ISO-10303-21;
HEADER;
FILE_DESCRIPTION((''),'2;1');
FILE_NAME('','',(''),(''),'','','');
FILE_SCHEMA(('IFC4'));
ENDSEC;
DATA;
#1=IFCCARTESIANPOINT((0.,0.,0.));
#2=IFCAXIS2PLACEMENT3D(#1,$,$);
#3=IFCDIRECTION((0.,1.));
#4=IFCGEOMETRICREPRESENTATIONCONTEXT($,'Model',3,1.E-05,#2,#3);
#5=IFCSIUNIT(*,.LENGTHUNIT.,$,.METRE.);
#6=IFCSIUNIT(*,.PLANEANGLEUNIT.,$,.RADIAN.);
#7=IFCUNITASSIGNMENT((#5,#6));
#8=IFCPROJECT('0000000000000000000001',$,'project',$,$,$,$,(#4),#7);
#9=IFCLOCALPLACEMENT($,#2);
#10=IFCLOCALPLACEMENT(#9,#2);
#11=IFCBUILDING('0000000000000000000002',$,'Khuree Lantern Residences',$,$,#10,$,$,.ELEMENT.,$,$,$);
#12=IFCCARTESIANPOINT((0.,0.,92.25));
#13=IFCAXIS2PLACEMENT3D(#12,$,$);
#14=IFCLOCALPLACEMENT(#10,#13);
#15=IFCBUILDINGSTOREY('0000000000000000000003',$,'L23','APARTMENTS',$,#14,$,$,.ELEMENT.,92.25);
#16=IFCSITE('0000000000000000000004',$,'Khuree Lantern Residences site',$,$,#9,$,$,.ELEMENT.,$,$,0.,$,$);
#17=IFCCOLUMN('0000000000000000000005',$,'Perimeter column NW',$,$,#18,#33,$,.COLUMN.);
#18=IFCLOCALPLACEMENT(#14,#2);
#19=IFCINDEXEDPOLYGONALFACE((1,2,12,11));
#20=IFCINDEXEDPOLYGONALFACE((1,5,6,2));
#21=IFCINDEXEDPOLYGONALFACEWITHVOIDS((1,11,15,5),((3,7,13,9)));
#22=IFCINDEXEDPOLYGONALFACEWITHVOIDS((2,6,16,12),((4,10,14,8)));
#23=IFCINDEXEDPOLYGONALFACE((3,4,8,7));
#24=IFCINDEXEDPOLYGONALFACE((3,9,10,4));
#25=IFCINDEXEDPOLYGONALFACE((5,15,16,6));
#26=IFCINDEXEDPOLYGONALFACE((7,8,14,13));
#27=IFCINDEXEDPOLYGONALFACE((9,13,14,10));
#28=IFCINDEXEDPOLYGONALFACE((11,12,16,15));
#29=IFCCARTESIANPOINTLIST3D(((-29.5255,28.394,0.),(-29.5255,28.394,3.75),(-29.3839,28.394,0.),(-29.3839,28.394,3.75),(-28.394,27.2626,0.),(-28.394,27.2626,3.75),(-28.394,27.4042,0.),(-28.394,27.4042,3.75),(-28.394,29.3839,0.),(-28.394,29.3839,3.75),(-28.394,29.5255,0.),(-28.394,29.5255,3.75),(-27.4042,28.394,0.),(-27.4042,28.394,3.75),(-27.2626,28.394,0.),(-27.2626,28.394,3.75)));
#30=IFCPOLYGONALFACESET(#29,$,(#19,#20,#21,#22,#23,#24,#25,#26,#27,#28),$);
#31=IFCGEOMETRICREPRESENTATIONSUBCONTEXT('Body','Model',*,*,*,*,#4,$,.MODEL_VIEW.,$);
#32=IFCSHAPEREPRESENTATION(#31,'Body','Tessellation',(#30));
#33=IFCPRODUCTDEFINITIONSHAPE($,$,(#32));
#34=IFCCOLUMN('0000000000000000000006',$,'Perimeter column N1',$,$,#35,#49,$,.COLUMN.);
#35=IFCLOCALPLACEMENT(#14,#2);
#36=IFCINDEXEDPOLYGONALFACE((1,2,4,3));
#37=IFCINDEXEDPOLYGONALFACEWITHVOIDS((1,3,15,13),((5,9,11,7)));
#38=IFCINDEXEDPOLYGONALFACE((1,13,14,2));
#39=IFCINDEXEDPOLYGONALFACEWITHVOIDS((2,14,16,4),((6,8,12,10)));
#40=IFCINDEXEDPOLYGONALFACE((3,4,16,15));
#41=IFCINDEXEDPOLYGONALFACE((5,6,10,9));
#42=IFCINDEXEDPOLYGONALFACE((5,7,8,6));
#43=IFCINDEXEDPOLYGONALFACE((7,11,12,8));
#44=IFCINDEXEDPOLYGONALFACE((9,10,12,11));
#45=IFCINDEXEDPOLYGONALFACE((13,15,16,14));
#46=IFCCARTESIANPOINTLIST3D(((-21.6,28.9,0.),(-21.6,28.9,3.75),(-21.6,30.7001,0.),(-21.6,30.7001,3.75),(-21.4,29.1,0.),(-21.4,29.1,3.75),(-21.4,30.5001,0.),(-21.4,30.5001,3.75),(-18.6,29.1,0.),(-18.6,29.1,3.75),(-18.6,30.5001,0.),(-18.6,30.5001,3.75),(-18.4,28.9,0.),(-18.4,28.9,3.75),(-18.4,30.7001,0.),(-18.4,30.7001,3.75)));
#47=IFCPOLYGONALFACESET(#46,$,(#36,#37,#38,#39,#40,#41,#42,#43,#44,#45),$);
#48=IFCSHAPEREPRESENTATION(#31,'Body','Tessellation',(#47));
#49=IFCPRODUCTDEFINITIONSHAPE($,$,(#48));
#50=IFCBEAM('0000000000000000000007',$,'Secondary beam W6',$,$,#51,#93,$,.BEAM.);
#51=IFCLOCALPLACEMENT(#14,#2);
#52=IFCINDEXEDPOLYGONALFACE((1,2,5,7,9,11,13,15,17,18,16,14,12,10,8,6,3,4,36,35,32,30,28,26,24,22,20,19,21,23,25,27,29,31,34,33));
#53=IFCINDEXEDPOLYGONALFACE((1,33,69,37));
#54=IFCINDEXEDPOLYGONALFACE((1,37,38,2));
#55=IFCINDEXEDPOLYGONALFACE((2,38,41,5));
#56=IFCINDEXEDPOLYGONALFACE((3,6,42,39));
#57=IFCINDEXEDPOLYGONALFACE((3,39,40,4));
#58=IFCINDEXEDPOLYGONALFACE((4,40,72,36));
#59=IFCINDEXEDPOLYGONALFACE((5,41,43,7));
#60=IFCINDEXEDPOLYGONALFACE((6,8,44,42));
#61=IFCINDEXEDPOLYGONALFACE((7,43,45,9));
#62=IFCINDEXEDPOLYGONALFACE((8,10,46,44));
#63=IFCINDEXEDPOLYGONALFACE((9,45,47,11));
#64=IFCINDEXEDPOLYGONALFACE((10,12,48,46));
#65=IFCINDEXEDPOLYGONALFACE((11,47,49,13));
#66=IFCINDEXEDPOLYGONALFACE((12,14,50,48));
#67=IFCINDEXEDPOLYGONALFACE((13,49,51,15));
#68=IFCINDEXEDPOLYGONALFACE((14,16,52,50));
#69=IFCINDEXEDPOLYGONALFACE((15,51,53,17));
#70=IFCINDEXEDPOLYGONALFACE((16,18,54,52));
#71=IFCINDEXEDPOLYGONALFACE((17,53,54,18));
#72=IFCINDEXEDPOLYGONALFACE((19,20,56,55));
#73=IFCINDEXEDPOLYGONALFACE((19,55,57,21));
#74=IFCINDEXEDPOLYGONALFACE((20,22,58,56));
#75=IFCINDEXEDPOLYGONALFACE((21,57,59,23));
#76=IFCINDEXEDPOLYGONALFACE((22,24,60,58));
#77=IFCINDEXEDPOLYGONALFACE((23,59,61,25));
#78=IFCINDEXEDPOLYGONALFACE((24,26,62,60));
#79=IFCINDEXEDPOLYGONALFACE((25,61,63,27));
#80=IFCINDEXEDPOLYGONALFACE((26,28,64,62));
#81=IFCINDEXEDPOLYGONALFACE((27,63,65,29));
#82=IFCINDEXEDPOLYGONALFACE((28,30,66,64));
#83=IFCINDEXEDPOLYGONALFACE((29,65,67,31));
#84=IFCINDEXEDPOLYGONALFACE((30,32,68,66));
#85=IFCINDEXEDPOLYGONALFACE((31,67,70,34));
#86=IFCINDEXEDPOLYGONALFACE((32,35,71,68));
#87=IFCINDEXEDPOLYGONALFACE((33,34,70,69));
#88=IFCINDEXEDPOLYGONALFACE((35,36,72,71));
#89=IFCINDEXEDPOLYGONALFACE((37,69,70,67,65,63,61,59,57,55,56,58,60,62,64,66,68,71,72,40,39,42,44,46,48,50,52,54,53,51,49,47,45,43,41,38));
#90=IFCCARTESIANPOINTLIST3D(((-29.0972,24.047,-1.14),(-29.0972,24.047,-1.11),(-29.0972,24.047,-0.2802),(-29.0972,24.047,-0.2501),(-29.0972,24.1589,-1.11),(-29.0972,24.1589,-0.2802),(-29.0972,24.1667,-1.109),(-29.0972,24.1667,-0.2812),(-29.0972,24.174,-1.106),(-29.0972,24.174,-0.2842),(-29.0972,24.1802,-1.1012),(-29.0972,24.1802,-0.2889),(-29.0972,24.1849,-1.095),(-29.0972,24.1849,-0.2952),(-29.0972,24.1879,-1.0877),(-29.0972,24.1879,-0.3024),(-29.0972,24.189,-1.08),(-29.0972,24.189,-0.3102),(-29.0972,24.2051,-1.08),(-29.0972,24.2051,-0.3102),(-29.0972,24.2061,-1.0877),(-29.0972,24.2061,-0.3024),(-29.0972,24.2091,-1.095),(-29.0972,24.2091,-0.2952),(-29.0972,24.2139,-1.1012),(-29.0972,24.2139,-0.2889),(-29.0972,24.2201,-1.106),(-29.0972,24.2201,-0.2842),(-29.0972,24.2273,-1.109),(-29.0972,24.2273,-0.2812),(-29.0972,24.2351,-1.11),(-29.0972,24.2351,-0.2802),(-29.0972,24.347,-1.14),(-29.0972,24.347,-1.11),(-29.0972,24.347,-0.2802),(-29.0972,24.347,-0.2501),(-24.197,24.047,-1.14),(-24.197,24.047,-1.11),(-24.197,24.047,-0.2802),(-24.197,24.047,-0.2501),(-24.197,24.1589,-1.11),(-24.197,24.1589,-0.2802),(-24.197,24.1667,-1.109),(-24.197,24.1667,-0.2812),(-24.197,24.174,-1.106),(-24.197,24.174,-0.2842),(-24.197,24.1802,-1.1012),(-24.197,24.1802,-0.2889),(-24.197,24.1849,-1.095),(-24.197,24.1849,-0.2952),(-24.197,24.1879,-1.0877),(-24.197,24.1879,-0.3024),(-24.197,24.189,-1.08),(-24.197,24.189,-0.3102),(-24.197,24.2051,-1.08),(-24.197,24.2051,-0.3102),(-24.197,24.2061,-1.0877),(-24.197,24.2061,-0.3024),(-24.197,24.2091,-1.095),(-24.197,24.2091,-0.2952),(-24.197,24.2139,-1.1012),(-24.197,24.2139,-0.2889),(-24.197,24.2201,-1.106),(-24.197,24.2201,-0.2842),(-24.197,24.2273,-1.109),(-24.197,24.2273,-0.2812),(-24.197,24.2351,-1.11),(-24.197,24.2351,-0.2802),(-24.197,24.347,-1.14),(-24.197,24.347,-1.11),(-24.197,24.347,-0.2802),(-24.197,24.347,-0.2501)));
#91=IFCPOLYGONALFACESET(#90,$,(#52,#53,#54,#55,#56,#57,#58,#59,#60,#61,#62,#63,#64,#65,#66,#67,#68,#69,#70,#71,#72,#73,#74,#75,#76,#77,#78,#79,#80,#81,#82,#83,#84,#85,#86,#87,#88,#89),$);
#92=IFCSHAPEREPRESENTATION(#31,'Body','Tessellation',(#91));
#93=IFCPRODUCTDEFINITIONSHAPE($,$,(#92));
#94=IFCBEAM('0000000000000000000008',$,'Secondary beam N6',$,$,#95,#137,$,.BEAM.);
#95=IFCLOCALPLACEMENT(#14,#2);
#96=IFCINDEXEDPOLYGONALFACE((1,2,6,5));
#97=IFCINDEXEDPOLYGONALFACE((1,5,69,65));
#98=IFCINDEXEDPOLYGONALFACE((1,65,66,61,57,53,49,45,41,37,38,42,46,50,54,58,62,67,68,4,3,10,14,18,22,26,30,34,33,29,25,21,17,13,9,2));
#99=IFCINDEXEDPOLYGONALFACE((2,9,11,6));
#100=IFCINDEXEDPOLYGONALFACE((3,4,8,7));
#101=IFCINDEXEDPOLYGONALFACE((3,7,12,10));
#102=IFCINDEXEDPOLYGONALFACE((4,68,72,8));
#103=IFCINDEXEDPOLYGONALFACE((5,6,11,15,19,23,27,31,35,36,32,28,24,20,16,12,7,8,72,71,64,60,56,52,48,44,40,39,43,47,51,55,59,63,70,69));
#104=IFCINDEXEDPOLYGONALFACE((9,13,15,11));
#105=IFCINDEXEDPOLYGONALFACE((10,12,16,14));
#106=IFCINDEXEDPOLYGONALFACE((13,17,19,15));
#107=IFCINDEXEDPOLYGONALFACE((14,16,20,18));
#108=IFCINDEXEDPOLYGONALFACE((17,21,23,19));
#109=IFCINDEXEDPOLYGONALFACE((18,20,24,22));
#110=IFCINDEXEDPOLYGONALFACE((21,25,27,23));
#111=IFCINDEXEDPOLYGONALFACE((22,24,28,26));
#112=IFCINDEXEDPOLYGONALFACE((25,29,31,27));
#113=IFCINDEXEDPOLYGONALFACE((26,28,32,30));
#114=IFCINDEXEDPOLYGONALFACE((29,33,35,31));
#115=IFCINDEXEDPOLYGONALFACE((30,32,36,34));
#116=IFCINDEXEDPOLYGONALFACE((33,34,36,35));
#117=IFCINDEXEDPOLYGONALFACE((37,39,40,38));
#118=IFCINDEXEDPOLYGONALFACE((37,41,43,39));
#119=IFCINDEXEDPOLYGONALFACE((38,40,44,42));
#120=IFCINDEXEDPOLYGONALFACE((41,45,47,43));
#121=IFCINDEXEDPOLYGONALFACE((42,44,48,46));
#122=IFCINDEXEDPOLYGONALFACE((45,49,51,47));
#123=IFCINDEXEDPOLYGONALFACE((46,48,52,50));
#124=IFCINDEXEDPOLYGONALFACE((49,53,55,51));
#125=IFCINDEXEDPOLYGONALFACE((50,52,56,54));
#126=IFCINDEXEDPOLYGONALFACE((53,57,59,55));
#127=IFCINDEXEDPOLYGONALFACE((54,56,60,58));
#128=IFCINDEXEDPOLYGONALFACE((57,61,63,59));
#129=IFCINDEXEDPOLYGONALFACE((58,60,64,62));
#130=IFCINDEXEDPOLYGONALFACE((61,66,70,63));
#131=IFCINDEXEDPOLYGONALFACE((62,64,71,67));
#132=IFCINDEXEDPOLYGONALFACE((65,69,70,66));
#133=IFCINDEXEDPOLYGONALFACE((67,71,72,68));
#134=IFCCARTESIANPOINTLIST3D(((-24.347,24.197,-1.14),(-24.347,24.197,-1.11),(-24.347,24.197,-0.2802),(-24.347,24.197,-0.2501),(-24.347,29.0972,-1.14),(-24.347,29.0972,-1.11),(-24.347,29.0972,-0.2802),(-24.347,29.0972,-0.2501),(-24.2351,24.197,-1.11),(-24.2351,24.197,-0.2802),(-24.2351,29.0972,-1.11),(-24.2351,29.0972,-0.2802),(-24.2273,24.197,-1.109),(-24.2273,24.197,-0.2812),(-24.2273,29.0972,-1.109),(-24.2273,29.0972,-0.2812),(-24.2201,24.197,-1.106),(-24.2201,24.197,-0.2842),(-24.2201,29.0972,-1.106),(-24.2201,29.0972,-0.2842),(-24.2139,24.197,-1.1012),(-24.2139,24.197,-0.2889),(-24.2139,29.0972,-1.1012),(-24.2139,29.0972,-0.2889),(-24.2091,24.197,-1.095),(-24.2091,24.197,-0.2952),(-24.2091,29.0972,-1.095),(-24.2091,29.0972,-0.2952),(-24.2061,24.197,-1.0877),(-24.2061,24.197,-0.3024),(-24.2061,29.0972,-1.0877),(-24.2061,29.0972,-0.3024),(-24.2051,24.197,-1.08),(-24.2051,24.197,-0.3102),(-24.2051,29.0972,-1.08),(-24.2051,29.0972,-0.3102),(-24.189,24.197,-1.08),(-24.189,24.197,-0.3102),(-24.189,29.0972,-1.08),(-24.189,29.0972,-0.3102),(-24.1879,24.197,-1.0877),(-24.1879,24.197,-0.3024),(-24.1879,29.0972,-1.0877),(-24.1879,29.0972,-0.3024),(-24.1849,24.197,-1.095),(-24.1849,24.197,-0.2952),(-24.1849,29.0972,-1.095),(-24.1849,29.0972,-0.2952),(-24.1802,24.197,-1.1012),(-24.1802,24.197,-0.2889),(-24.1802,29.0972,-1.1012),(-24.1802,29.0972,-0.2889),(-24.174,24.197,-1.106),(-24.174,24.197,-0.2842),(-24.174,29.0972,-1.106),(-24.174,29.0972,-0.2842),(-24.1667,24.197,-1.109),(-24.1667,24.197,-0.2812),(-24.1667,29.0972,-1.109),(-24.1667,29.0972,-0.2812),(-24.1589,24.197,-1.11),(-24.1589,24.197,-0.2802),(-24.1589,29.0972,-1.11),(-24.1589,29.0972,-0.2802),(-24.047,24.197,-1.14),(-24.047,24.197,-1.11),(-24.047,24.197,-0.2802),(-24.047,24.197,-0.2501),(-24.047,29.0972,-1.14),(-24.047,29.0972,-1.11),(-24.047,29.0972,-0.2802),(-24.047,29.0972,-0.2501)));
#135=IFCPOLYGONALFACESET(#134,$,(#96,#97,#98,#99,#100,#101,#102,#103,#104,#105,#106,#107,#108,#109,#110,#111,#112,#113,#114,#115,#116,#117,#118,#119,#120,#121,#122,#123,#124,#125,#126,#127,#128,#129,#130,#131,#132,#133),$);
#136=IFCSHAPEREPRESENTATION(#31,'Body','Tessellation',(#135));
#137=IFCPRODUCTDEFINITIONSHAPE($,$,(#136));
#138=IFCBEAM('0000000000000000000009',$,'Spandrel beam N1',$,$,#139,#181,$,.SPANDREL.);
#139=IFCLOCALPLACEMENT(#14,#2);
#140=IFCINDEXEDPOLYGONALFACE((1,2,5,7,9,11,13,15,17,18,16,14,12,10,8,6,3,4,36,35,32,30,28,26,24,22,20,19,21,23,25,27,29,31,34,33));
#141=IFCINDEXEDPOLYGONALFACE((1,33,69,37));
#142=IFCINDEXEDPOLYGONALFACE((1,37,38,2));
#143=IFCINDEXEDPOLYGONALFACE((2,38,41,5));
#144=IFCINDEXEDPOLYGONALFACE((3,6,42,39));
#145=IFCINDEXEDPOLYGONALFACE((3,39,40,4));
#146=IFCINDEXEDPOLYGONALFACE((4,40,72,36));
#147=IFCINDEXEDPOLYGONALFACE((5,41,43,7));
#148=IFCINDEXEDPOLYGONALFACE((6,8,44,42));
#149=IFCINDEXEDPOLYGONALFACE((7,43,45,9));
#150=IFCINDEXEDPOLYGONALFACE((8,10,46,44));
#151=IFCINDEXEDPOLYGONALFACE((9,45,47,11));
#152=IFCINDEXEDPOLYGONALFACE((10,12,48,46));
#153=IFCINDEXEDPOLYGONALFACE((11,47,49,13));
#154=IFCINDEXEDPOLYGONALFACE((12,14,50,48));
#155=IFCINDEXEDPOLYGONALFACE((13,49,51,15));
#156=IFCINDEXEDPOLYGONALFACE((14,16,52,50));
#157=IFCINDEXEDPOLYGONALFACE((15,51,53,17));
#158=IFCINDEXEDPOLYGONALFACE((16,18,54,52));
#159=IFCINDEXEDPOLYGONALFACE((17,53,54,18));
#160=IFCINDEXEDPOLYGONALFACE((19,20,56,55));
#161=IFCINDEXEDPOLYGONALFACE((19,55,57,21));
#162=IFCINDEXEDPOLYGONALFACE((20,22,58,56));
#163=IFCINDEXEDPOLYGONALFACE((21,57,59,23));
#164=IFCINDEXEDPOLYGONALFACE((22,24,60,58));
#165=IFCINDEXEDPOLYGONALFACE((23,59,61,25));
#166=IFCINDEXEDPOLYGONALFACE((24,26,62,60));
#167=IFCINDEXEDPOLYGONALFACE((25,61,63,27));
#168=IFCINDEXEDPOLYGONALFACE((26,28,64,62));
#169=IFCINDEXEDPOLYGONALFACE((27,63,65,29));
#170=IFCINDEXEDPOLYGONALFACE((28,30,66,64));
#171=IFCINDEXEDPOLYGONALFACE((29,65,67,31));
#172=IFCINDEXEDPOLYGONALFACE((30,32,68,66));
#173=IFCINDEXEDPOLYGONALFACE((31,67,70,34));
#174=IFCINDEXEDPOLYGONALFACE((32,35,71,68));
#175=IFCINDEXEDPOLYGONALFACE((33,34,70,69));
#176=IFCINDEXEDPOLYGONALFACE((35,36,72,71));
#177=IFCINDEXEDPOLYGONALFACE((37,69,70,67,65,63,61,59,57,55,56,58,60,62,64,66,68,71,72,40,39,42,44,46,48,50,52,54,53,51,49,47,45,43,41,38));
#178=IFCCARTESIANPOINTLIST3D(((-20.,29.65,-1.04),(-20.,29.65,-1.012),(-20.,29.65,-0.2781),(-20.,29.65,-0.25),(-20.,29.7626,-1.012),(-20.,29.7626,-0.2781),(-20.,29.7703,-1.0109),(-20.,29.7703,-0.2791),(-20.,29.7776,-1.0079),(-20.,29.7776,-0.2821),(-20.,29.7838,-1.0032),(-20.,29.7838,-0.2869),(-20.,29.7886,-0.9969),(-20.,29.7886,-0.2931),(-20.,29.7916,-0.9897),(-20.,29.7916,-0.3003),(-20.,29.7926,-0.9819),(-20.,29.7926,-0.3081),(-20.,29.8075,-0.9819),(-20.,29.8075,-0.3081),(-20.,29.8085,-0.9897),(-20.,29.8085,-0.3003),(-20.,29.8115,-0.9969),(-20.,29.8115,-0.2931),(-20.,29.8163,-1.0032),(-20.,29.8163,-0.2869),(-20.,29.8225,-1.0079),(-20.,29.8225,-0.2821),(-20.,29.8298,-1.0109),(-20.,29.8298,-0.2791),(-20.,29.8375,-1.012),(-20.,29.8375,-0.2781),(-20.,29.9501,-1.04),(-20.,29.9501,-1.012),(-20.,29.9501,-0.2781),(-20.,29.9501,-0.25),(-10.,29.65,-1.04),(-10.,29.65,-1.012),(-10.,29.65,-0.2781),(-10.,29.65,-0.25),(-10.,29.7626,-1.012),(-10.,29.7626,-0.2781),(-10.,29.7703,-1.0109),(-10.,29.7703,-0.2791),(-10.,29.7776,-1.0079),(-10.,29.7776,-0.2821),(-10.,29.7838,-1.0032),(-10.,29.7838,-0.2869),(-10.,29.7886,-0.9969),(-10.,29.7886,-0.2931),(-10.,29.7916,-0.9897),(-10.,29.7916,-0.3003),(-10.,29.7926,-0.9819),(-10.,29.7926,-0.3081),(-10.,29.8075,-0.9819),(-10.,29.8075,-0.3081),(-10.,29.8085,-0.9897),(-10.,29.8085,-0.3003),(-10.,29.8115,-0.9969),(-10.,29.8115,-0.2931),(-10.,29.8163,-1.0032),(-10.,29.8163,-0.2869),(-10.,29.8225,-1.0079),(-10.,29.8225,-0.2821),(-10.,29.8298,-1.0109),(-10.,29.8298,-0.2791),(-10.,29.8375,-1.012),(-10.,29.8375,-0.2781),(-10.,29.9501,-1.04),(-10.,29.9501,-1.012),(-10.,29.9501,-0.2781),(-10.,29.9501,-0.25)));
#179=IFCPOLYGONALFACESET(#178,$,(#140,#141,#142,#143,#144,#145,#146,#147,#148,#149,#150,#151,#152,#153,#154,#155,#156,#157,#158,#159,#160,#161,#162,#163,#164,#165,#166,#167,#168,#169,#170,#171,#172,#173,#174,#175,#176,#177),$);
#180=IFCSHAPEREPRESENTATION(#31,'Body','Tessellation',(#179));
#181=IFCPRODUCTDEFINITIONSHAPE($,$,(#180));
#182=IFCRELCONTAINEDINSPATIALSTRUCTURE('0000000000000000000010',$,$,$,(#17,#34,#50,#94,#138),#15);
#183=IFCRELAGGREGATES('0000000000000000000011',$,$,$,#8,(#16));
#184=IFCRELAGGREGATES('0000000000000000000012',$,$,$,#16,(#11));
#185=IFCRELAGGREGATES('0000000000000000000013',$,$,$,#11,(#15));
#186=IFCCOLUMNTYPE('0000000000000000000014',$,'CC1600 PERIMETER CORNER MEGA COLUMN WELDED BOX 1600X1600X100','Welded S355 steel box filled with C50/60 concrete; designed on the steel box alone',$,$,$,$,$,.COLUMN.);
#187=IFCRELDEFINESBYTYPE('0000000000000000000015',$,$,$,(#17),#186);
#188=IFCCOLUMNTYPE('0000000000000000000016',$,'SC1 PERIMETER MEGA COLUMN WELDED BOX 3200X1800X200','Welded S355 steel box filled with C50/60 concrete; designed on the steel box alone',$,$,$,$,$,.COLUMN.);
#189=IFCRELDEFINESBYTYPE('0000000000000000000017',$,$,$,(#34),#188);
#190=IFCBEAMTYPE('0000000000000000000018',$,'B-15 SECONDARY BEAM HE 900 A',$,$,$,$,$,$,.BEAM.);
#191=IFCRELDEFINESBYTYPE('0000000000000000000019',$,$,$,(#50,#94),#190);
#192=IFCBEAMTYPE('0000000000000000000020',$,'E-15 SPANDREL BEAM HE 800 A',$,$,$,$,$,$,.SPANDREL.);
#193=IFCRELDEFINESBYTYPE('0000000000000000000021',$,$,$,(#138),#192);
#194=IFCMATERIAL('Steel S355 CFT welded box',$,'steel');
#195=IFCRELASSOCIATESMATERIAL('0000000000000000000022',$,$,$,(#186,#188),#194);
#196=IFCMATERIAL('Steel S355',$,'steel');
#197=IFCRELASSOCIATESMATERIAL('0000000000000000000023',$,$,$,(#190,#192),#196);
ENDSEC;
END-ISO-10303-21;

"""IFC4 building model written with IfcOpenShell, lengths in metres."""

from ifc_helpers import new_model, si_unit, direction, frame, origin, origin_2d, place, context, subcontext, project, spatial, hollow_rectangle, i_section, extrude, material, material_profile, profile_set, type_object, element, save


model = new_model("IFC4")

# Units and contexts
model_context = context("Model", 3, precision=1e-05, world=origin(), true_north=direction((0.0, 1.0)))
body_context = subcontext(model_context, "Body", "Model", "MODEL_VIEW")
ifc_project = project(units=[si_unit("LENGTHUNIT", "METRE"), si_unit("PLANEANGLEUNIT", "RADIAN")], contexts=[model_context])

# Site, building, storey
site_placement = place(None, origin())
site = spatial("IfcSite", under=ifc_project, at=site_placement, Name="Khuree Lantern Residences site", CompositionType="ELEMENT", RefElevation=0.0)
building_placement = place(site_placement, origin())
building = spatial("IfcBuilding", under=site, at=building_placement, Name="Khuree Lantern Residences", CompositionType="ELEMENT")
storey_placement = place(building_placement, frame((0.0, 0.0, 92.25)))
storey = spatial("IfcBuildingStorey", under=building, at=storey_placement, Name="L23", Description="APARTMENTS", CompositionType="ELEMENT", Elevation=92.25)

# Columns
ifc_material_1 = material(Name="Steel S355 CFT welded box", Category="steel")
ifc_material_profile_1 = material_profile(ifc_material_1, hollow_rectangle(XDim=1.6001, YDim=1.6001, WallThickness=0.1001, at=origin_2d()), Name="WELDED BOX 1600X1600X100")
ifc_profile_set_1 = profile_set([ifc_material_profile_1], Name="Steel S355 CFT welded box")
column_type_1 = type_object("IfcColumnType", Name="CC1600 PERIMETER CORNER MEGA COLUMN WELDED BOX 1600X1600X100", Description="Welded S355 steel box filled with C50/60 concrete; designed on the steel box alone", PredefinedType="COLUMN", material=ifc_profile_set_1)
column_1_placement = place(storey_placement, frame((-28.394, 28.394, 0.0), z_axis=(0.0, 0.0, 1.0), x_axis=(0.707107, 0.707107, 0.0)))
element("IfcColumn", 1, at=column_1_placement, inside=storey, type_object=column_type_1, Name="Perimeter column NW", PredefinedType="COLUMN", context=body_context, shape_type="SweptSolid", body=[
    extrude(hollow_rectangle(XDim=1.6001, YDim=1.6001, WallThickness=0.1001, at=origin_2d()), origin(), (0.0, 0.0, 1.0), 3.75),
])
ifc_material_profile_2 = material_profile(ifc_material_1, hollow_rectangle(XDim=3.2, YDim=1.8, WallThickness=0.2, at=origin_2d()), Name="WELDED BOX 3200X1800X200")
ifc_profile_set_2 = profile_set([ifc_material_profile_2], Name="Steel S355 CFT welded box")
column_type_2 = type_object("IfcColumnType", Name="SC1 PERIMETER MEGA COLUMN WELDED BOX 3200X1800X200", Description="Welded S355 steel box filled with C50/60 concrete; designed on the steel box alone", PredefinedType="COLUMN", material=ifc_profile_set_2)
column_2_placement = place(storey_placement, frame((-20.0, 29.8, 0.0), z_axis=(0.0, 0.0, 1.0), x_axis=(1.0, 0.0, 0.0)))
element("IfcColumn", 2, at=column_2_placement, inside=storey, type_object=column_type_2, Name="Perimeter column N1", PredefinedType="COLUMN", context=body_context, shape_type="SweptSolid", body=[
    extrude(hollow_rectangle(XDim=3.2, YDim=1.8, WallThickness=0.2, at=origin_2d()), origin(), (0.0, 0.0, 1.0), 3.75),
])

# Beams
ifc_material_2 = material(Name="Steel S355", Category="steel")
ifc_material_profile_3 = material_profile(ifc_material_2, i_section(OverallWidth=0.3, OverallDepth=0.8899, WebThickness=0.0161, FlangeThickness=0.03, FilletRadius=0.03, at=origin_2d()), Name="HE 900 A")
ifc_profile_set_3 = profile_set([ifc_material_profile_3], Name="Steel S355")
beam_type_1 = type_object("IfcBeamType", Name="B-15 SECONDARY BEAM HE 900 A", PredefinedType="BEAM", material=ifc_profile_set_3)
for number, where, z_axis, x_axis, name in (
    (3, (-29.0972, 24.197, -0.6951), (1.0, 0.0, 0.0), (0.0, 1.0, 0.0), "Secondary beam W6"),
    (4, (-24.197, 29.0972, -0.6951), (0.0, -1.0, 0.0), (1.0, 0.0, 0.0), "Secondary beam N6"),
):
    element("IfcBeam", number, at=place(storey_placement, frame(where, z_axis=z_axis, x_axis=x_axis)), inside=storey, type_object=beam_type_1, Name=name, PredefinedType="BEAM", context=body_context, shape_type="SweptSolid", body=[
        extrude(i_section(OverallWidth=0.3, OverallDepth=0.8899, WebThickness=0.0161, FlangeThickness=0.03, FilletRadius=0.03, at=origin_2d()), origin(), (0.0, 0.0, 1.0), 4.9001),
    ])
ifc_material_profile_4 = material_profile(ifc_material_2, i_section(OverallWidth=0.3, OverallDepth=0.79, WebThickness=0.0149, FlangeThickness=0.0281, FilletRadius=0.03, at=origin_2d()), Name="HE 800 A")
ifc_profile_set_4 = profile_set([ifc_material_profile_4], Name="Steel S355")
beam_type_2 = type_object("IfcBeamType", Name="E-15 SPANDREL BEAM HE 800 A", PredefinedType="SPANDREL", material=ifc_profile_set_4)
beam_1_placement = place(storey_placement, frame((-20.0, 29.8, -0.645), z_axis=(1.0, 0.0, 0.0), x_axis=(0.0, 1.0, 0.0)))
element("IfcBeam", 5, at=beam_1_placement, inside=storey, type_object=beam_type_2, Name="Spandrel beam N1", PredefinedType="SPANDREL", context=body_context, shape_type="SweptSolid", body=[
    extrude(i_section(OverallWidth=0.3, OverallDepth=0.79, WebThickness=0.0149, FlangeThickness=0.0281, FilletRadius=0.03, at=origin_2d()), origin(), (0.0, 0.0, 1.0), 10.0),
])

save(model, "model.ifc")
